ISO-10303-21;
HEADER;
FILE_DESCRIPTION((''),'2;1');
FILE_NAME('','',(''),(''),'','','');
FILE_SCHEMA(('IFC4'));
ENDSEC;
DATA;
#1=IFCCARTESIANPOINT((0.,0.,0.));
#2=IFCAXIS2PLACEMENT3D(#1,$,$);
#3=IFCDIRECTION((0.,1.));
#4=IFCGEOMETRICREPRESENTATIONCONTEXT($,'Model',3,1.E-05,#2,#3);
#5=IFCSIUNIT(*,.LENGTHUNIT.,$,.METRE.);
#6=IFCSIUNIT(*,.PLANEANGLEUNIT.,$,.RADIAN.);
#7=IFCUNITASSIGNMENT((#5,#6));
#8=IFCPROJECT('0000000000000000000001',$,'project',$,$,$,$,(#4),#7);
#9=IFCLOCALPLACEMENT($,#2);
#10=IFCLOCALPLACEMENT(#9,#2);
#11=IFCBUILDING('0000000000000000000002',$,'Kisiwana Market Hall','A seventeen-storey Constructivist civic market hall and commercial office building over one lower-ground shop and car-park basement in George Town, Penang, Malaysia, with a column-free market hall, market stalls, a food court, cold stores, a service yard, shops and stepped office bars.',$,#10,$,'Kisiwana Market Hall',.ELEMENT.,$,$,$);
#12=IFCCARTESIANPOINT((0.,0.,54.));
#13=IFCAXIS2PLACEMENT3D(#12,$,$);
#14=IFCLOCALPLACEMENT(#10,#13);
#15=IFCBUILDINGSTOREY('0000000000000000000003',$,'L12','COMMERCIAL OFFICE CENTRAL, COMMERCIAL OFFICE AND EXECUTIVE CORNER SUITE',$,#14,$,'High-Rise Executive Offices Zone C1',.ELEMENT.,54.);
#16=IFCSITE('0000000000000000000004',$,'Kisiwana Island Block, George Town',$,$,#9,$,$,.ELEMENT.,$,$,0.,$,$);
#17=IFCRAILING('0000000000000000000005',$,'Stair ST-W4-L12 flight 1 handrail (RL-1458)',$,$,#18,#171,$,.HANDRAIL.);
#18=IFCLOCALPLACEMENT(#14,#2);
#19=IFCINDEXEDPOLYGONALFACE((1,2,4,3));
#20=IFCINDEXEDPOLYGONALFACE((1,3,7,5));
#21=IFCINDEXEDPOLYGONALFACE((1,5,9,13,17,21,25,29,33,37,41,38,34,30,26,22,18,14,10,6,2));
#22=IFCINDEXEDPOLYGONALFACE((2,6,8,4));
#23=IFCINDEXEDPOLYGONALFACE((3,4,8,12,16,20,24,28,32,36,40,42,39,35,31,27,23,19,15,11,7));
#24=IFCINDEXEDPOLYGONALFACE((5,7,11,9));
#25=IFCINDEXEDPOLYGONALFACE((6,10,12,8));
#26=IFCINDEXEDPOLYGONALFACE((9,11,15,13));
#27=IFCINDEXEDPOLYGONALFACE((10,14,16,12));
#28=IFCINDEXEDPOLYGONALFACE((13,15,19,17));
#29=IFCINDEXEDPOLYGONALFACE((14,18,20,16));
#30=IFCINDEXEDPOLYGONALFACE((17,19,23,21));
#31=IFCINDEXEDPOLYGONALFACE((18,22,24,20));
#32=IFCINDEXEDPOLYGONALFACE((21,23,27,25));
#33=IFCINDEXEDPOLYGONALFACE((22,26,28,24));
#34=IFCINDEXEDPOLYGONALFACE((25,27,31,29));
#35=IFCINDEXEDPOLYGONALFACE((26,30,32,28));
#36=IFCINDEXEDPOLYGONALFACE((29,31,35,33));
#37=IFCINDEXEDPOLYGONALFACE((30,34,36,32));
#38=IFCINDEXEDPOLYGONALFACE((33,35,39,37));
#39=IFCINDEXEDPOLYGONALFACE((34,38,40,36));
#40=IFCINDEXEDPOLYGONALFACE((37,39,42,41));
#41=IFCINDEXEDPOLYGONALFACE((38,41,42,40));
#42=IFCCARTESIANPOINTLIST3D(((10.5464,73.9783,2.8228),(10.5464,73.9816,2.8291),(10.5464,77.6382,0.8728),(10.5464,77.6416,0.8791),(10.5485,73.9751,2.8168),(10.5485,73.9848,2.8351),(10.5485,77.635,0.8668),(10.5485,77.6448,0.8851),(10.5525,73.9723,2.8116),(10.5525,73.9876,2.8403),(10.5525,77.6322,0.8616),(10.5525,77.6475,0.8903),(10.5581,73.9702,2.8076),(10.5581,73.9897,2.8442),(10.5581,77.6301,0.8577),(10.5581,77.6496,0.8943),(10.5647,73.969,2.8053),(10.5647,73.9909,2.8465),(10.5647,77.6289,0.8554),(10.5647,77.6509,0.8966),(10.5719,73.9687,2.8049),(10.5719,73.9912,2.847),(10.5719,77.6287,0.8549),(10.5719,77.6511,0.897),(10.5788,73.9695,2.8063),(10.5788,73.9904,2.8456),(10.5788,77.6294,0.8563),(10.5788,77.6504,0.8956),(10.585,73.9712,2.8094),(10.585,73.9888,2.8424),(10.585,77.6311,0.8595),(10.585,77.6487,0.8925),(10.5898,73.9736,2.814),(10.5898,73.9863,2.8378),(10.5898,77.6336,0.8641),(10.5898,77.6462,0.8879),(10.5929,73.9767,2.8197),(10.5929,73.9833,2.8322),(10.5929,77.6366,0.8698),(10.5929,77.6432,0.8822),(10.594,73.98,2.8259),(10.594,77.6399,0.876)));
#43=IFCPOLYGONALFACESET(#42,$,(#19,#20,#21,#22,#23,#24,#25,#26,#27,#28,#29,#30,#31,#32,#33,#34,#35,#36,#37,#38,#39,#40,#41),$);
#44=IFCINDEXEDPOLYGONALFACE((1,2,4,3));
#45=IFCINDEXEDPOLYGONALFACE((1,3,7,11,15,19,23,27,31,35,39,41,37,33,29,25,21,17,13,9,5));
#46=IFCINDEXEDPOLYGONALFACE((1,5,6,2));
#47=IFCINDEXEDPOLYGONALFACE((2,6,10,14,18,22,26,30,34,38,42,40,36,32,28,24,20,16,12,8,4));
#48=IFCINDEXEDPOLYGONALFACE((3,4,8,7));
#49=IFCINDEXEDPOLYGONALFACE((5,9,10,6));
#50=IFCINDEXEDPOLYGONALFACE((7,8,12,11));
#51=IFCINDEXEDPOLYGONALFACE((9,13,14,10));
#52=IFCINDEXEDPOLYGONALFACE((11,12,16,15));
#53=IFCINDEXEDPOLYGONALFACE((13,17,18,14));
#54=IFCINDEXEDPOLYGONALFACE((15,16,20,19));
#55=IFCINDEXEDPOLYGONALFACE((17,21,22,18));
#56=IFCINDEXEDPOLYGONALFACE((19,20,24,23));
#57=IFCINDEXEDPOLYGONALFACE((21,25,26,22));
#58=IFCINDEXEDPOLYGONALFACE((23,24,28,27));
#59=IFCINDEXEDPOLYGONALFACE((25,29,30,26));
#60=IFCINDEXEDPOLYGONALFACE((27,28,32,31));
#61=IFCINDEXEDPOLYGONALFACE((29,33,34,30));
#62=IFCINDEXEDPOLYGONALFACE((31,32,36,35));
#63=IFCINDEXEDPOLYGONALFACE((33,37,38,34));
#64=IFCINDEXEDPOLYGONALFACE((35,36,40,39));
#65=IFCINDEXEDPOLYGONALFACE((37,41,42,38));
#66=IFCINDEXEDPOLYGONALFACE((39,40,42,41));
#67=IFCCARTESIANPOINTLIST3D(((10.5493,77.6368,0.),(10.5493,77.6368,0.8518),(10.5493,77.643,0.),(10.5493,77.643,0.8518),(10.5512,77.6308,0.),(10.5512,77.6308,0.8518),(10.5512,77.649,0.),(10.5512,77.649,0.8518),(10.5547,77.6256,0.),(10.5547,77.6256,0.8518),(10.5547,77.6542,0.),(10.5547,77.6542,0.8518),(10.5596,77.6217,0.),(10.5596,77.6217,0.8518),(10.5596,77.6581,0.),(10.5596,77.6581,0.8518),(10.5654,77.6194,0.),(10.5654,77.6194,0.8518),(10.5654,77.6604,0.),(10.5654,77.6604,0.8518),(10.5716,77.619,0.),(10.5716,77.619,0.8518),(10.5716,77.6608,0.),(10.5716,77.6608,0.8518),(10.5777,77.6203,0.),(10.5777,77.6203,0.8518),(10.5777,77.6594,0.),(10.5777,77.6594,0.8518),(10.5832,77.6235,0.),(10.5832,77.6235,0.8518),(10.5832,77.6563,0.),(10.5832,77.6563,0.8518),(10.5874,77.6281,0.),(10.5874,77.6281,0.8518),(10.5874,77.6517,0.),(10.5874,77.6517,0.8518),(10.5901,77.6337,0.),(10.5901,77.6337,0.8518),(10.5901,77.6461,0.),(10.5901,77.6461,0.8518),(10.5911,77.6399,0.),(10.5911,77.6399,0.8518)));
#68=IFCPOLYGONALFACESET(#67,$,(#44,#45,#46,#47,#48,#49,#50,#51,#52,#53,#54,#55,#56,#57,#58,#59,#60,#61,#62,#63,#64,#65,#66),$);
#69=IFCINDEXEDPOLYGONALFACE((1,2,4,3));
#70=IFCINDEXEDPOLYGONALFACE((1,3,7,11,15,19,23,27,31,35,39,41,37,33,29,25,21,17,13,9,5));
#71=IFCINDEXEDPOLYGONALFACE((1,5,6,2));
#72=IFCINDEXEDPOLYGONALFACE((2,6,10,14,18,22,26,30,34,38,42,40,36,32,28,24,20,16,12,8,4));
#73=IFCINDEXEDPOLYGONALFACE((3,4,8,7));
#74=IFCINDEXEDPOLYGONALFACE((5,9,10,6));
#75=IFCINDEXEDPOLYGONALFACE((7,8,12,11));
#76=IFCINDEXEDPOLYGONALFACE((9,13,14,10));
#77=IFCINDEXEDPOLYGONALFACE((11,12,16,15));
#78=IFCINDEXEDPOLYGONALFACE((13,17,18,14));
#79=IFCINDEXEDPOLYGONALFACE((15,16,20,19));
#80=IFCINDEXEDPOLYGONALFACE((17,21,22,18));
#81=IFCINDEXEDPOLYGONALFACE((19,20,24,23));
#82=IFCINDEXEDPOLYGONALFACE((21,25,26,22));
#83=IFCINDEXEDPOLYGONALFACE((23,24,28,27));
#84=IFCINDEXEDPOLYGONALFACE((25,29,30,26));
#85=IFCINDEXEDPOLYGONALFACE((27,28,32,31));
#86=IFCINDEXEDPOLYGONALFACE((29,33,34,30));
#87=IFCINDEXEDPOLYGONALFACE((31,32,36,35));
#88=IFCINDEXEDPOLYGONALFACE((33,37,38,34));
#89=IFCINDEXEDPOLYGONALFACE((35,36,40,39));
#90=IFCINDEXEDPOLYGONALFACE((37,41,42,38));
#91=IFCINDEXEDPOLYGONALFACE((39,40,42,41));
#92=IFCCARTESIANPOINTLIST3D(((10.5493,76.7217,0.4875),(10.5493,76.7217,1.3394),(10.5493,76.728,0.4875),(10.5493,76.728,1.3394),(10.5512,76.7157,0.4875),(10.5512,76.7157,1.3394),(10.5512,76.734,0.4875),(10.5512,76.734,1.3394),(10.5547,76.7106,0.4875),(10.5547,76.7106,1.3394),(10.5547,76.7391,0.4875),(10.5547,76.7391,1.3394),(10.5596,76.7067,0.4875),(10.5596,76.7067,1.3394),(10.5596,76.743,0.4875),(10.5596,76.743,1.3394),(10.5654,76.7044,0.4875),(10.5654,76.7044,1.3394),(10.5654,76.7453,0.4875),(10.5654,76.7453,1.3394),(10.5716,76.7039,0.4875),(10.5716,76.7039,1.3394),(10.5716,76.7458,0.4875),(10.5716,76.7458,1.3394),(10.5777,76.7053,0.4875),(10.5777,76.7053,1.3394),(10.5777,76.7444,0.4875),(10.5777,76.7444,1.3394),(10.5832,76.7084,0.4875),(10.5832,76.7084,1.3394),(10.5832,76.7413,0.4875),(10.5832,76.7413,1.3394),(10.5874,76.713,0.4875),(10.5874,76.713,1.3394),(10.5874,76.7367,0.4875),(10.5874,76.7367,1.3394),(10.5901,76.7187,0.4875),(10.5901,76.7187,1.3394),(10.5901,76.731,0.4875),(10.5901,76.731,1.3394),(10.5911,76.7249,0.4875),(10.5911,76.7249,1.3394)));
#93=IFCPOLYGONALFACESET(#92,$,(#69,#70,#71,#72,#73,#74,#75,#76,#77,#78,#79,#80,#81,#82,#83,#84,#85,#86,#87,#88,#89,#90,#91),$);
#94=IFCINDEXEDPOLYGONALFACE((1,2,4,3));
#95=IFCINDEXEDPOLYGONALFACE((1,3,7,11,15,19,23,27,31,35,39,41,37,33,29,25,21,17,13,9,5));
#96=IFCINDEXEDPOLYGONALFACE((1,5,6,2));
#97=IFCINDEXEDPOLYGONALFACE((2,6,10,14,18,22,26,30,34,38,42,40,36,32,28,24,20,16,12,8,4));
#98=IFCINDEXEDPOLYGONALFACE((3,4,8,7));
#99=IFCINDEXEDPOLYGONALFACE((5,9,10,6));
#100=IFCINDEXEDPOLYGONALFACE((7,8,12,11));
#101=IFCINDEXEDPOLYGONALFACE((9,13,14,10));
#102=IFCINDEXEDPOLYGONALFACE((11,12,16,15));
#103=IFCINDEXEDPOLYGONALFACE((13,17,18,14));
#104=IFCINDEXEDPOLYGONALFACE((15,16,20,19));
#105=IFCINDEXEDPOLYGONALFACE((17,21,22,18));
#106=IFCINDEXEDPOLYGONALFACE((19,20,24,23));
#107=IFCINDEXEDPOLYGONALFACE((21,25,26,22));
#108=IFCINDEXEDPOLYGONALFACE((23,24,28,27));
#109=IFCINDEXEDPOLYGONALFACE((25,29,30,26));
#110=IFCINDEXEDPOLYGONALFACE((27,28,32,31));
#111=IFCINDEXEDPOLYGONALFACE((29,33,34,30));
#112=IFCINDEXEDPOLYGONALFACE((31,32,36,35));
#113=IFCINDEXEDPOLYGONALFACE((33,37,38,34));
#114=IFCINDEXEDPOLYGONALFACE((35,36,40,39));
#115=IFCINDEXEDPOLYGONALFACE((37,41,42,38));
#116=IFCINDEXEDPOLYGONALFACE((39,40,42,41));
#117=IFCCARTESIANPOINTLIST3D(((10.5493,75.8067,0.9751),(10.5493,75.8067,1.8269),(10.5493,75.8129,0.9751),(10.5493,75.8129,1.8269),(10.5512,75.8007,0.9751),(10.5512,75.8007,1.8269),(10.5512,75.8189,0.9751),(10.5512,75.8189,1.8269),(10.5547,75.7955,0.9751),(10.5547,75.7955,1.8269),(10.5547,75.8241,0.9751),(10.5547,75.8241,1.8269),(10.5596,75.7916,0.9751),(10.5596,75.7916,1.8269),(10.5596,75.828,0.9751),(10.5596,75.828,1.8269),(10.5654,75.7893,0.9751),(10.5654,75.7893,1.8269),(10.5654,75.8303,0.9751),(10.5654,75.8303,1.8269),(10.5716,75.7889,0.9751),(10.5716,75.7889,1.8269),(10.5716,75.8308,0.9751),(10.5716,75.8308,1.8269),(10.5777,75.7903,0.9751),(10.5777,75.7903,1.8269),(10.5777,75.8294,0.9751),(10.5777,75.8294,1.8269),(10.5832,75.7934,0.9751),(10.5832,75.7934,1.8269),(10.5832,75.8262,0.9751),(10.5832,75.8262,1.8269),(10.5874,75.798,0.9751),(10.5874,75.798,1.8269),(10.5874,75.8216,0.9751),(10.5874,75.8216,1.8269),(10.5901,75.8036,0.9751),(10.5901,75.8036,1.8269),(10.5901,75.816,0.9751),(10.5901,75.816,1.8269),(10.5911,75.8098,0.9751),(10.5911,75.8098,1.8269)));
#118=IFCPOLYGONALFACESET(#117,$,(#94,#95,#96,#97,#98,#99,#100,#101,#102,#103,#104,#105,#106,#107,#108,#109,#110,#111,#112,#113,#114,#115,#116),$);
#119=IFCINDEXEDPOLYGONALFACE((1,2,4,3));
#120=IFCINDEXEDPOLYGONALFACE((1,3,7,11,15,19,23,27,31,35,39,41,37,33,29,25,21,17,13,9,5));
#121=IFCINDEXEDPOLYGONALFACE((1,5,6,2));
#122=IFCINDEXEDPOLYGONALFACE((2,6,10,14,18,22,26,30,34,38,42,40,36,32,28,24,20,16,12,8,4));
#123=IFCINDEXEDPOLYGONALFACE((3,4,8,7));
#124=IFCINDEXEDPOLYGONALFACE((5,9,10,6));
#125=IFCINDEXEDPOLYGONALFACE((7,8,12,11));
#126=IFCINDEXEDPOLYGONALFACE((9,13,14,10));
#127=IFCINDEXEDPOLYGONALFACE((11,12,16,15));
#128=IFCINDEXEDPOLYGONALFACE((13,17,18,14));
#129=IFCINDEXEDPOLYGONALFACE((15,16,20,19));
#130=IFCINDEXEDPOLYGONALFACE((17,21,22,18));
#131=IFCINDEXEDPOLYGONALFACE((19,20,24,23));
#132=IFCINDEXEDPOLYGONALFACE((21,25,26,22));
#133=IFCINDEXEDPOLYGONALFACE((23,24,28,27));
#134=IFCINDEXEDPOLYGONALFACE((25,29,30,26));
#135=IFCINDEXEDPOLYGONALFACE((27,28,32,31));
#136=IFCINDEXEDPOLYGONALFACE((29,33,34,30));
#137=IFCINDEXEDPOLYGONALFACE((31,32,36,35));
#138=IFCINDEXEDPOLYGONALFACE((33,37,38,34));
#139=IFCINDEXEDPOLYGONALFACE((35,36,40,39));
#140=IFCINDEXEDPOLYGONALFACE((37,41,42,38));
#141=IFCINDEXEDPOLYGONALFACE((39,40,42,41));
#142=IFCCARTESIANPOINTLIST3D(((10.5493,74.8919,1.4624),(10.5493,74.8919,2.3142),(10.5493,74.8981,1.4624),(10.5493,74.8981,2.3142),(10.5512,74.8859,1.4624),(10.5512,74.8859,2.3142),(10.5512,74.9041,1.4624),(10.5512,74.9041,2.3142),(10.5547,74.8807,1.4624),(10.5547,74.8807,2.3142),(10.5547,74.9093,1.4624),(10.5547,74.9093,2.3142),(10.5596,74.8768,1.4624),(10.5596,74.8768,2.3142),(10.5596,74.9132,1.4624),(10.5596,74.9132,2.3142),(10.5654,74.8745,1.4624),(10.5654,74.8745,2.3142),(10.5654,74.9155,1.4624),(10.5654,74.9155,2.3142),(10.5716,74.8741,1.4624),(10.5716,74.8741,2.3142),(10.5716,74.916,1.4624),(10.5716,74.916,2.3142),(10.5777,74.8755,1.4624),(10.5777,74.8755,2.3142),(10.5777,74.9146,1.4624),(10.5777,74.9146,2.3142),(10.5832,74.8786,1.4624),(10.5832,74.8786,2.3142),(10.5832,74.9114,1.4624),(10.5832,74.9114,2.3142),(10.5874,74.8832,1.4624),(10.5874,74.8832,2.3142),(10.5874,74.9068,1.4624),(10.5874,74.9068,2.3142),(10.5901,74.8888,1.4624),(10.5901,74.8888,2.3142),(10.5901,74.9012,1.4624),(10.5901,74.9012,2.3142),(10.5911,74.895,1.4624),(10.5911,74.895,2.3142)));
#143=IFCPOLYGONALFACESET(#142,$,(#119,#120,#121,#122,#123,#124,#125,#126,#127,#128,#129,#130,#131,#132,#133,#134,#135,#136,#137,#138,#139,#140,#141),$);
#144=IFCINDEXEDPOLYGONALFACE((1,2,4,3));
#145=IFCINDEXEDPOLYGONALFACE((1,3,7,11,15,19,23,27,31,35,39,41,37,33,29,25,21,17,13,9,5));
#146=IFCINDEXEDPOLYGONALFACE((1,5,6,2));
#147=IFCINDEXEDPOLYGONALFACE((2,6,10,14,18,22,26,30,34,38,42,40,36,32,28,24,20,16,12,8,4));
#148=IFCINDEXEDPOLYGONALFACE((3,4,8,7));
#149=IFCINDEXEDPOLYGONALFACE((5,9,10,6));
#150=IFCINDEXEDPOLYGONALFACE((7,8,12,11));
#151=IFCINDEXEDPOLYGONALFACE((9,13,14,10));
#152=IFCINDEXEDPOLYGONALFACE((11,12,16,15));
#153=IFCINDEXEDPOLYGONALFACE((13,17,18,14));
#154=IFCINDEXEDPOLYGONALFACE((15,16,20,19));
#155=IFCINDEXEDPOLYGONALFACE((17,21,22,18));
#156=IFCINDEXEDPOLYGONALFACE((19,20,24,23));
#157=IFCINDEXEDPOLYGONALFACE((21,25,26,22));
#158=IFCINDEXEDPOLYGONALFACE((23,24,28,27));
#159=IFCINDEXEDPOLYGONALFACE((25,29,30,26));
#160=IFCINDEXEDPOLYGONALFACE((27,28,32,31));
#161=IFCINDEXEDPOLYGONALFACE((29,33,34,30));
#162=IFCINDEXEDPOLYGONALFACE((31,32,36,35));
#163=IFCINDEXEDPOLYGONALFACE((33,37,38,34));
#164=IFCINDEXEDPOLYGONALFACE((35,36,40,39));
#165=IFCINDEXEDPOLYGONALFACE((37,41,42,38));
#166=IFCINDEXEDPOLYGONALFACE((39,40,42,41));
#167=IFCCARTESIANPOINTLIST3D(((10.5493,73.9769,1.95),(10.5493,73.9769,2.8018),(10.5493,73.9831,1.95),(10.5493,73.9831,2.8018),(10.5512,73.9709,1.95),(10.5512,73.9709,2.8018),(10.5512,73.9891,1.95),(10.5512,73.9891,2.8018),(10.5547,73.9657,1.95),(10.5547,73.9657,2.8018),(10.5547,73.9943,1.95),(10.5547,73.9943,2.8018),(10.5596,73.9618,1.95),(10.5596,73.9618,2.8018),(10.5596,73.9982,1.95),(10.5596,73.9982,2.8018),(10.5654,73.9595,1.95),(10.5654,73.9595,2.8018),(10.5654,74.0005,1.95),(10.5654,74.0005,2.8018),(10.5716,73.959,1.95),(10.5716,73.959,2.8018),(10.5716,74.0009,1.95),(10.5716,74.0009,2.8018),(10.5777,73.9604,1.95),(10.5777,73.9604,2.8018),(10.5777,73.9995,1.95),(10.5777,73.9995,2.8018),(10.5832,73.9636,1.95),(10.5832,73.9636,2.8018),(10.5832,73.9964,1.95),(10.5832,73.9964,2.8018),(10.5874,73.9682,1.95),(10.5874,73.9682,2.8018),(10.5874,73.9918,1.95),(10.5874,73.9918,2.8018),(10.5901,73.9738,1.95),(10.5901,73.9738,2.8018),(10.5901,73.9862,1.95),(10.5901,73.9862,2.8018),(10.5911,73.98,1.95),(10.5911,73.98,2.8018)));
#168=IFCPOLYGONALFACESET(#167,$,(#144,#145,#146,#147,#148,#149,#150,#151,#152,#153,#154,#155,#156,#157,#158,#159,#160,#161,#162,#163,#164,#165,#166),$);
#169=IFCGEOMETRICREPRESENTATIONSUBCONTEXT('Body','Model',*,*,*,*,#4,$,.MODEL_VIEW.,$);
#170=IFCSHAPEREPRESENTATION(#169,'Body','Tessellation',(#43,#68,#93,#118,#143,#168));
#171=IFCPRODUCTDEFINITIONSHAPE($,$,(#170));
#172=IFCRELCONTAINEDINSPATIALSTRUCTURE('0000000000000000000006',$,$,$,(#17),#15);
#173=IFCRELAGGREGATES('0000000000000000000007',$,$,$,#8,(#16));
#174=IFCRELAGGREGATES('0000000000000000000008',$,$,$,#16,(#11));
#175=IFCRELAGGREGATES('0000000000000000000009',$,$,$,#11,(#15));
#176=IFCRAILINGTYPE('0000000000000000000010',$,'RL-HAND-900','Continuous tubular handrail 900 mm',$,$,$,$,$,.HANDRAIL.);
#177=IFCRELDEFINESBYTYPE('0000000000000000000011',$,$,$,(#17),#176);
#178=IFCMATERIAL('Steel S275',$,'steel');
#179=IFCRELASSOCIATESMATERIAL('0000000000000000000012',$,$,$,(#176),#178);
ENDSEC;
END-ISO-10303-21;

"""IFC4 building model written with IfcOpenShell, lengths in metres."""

from ifc_helpers import new_model, si_unit, direction, frame, origin, origin_2d, place, context, subcontext, project, spatial, circle, extrude, material, type_object, element, save


model = new_model("IFC4")

# Units and contexts
model_context = context("Model", 3, precision=1e-05, world=origin(), true_north=direction((0.0, 1.0)))
body_context = subcontext(model_context, "Body", "Model", "MODEL_VIEW")
ifc_project = project(units=[si_unit("LENGTHUNIT", "METRE"), si_unit("PLANEANGLEUNIT", "RADIAN")], contexts=[model_context])

# Site, building, storey
site_placement = place(None, origin())
site = spatial("IfcSite", under=ifc_project, at=site_placement, Name="Kisiwana Island Block, George Town", CompositionType="ELEMENT", RefElevation=0.0)
building_placement = place(site_placement, origin())
building = spatial("IfcBuilding", under=site, at=building_placement, Name="Kisiwana Market Hall", Description="A seventeen-storey Constructivist civic market hall and commercial office building over one lower-ground shop and car-park basement in George Town, Penang, Malaysia, with a column-free market hall, market stalls, a food court, cold stores, a service yard, shops and stepped office bars.", LongName="Kisiwana Market Hall", CompositionType="ELEMENT")
storey_placement = place(building_placement, frame((0.0, 0.0, 54.0)))
storey = spatial("IfcBuildingStorey", under=building, at=storey_placement, Name="L12", Description="COMMERCIAL OFFICE CENTRAL, COMMERCIAL OFFICE AND EXECUTIVE CORNER SUITE", LongName="High-Rise Executive Offices Zone C1", CompositionType="ELEMENT", Elevation=54.0)

# Railing
ifc_material_1 = material(Name="Steel S275", Category="steel")
railing_type_1 = type_object("IfcRailingType", Name="RL-HAND-900", Description="Continuous tubular handrail 900 mm", PredefinedType="HANDRAIL", material=ifc_material_1)
for number, where, name in (
    (1, (10.5701, 77.6399, 0.0), "Stair ST-W4-L12 flight 1 handrail (RL-1458)"),
):
    element("IfcRailing", number, at=place(storey_placement, frame(where)), inside=storey, type_object=railing_type_1, Name=name, PredefinedType="HANDRAIL", context=body_context, shape_type="SweptSolid", body=[
        extrude(circle(Radius=0.0239, at=origin_2d()), frame((0.0, 0.0, 0.876), z_axis=(0.0, -0.882553, 0.470212), x_axis=(1.0, 0.0, 0.0)), (0.0, 0.0, 1.0), 4.147),
        extrude(circle(Radius=0.021, at=origin_2d()), origin(), (0.0, 0.0, 1.0), 0.8518),
        extrude(circle(Radius=0.021, at=origin_2d()), frame((0.0, -0.915, 0.4875)), (0.0, 0.0, 1.0), 0.8518),
        extrude(circle(Radius=0.021, at=origin_2d()), frame((0.0, -1.8301, 0.9751)), (0.0, 0.0, 1.0), 0.8518),
        extrude(circle(Radius=0.021, at=origin_2d()), frame((0.0, -2.7449, 1.4624)), (0.0, 0.0, 1.0), 0.8518),
        extrude(circle(Radius=0.021, at=origin_2d()), frame((0.0, -3.6599, 1.95)), (0.0, 0.0, 1.0), 0.8518),
    ])

save(model, "model.ifc")
